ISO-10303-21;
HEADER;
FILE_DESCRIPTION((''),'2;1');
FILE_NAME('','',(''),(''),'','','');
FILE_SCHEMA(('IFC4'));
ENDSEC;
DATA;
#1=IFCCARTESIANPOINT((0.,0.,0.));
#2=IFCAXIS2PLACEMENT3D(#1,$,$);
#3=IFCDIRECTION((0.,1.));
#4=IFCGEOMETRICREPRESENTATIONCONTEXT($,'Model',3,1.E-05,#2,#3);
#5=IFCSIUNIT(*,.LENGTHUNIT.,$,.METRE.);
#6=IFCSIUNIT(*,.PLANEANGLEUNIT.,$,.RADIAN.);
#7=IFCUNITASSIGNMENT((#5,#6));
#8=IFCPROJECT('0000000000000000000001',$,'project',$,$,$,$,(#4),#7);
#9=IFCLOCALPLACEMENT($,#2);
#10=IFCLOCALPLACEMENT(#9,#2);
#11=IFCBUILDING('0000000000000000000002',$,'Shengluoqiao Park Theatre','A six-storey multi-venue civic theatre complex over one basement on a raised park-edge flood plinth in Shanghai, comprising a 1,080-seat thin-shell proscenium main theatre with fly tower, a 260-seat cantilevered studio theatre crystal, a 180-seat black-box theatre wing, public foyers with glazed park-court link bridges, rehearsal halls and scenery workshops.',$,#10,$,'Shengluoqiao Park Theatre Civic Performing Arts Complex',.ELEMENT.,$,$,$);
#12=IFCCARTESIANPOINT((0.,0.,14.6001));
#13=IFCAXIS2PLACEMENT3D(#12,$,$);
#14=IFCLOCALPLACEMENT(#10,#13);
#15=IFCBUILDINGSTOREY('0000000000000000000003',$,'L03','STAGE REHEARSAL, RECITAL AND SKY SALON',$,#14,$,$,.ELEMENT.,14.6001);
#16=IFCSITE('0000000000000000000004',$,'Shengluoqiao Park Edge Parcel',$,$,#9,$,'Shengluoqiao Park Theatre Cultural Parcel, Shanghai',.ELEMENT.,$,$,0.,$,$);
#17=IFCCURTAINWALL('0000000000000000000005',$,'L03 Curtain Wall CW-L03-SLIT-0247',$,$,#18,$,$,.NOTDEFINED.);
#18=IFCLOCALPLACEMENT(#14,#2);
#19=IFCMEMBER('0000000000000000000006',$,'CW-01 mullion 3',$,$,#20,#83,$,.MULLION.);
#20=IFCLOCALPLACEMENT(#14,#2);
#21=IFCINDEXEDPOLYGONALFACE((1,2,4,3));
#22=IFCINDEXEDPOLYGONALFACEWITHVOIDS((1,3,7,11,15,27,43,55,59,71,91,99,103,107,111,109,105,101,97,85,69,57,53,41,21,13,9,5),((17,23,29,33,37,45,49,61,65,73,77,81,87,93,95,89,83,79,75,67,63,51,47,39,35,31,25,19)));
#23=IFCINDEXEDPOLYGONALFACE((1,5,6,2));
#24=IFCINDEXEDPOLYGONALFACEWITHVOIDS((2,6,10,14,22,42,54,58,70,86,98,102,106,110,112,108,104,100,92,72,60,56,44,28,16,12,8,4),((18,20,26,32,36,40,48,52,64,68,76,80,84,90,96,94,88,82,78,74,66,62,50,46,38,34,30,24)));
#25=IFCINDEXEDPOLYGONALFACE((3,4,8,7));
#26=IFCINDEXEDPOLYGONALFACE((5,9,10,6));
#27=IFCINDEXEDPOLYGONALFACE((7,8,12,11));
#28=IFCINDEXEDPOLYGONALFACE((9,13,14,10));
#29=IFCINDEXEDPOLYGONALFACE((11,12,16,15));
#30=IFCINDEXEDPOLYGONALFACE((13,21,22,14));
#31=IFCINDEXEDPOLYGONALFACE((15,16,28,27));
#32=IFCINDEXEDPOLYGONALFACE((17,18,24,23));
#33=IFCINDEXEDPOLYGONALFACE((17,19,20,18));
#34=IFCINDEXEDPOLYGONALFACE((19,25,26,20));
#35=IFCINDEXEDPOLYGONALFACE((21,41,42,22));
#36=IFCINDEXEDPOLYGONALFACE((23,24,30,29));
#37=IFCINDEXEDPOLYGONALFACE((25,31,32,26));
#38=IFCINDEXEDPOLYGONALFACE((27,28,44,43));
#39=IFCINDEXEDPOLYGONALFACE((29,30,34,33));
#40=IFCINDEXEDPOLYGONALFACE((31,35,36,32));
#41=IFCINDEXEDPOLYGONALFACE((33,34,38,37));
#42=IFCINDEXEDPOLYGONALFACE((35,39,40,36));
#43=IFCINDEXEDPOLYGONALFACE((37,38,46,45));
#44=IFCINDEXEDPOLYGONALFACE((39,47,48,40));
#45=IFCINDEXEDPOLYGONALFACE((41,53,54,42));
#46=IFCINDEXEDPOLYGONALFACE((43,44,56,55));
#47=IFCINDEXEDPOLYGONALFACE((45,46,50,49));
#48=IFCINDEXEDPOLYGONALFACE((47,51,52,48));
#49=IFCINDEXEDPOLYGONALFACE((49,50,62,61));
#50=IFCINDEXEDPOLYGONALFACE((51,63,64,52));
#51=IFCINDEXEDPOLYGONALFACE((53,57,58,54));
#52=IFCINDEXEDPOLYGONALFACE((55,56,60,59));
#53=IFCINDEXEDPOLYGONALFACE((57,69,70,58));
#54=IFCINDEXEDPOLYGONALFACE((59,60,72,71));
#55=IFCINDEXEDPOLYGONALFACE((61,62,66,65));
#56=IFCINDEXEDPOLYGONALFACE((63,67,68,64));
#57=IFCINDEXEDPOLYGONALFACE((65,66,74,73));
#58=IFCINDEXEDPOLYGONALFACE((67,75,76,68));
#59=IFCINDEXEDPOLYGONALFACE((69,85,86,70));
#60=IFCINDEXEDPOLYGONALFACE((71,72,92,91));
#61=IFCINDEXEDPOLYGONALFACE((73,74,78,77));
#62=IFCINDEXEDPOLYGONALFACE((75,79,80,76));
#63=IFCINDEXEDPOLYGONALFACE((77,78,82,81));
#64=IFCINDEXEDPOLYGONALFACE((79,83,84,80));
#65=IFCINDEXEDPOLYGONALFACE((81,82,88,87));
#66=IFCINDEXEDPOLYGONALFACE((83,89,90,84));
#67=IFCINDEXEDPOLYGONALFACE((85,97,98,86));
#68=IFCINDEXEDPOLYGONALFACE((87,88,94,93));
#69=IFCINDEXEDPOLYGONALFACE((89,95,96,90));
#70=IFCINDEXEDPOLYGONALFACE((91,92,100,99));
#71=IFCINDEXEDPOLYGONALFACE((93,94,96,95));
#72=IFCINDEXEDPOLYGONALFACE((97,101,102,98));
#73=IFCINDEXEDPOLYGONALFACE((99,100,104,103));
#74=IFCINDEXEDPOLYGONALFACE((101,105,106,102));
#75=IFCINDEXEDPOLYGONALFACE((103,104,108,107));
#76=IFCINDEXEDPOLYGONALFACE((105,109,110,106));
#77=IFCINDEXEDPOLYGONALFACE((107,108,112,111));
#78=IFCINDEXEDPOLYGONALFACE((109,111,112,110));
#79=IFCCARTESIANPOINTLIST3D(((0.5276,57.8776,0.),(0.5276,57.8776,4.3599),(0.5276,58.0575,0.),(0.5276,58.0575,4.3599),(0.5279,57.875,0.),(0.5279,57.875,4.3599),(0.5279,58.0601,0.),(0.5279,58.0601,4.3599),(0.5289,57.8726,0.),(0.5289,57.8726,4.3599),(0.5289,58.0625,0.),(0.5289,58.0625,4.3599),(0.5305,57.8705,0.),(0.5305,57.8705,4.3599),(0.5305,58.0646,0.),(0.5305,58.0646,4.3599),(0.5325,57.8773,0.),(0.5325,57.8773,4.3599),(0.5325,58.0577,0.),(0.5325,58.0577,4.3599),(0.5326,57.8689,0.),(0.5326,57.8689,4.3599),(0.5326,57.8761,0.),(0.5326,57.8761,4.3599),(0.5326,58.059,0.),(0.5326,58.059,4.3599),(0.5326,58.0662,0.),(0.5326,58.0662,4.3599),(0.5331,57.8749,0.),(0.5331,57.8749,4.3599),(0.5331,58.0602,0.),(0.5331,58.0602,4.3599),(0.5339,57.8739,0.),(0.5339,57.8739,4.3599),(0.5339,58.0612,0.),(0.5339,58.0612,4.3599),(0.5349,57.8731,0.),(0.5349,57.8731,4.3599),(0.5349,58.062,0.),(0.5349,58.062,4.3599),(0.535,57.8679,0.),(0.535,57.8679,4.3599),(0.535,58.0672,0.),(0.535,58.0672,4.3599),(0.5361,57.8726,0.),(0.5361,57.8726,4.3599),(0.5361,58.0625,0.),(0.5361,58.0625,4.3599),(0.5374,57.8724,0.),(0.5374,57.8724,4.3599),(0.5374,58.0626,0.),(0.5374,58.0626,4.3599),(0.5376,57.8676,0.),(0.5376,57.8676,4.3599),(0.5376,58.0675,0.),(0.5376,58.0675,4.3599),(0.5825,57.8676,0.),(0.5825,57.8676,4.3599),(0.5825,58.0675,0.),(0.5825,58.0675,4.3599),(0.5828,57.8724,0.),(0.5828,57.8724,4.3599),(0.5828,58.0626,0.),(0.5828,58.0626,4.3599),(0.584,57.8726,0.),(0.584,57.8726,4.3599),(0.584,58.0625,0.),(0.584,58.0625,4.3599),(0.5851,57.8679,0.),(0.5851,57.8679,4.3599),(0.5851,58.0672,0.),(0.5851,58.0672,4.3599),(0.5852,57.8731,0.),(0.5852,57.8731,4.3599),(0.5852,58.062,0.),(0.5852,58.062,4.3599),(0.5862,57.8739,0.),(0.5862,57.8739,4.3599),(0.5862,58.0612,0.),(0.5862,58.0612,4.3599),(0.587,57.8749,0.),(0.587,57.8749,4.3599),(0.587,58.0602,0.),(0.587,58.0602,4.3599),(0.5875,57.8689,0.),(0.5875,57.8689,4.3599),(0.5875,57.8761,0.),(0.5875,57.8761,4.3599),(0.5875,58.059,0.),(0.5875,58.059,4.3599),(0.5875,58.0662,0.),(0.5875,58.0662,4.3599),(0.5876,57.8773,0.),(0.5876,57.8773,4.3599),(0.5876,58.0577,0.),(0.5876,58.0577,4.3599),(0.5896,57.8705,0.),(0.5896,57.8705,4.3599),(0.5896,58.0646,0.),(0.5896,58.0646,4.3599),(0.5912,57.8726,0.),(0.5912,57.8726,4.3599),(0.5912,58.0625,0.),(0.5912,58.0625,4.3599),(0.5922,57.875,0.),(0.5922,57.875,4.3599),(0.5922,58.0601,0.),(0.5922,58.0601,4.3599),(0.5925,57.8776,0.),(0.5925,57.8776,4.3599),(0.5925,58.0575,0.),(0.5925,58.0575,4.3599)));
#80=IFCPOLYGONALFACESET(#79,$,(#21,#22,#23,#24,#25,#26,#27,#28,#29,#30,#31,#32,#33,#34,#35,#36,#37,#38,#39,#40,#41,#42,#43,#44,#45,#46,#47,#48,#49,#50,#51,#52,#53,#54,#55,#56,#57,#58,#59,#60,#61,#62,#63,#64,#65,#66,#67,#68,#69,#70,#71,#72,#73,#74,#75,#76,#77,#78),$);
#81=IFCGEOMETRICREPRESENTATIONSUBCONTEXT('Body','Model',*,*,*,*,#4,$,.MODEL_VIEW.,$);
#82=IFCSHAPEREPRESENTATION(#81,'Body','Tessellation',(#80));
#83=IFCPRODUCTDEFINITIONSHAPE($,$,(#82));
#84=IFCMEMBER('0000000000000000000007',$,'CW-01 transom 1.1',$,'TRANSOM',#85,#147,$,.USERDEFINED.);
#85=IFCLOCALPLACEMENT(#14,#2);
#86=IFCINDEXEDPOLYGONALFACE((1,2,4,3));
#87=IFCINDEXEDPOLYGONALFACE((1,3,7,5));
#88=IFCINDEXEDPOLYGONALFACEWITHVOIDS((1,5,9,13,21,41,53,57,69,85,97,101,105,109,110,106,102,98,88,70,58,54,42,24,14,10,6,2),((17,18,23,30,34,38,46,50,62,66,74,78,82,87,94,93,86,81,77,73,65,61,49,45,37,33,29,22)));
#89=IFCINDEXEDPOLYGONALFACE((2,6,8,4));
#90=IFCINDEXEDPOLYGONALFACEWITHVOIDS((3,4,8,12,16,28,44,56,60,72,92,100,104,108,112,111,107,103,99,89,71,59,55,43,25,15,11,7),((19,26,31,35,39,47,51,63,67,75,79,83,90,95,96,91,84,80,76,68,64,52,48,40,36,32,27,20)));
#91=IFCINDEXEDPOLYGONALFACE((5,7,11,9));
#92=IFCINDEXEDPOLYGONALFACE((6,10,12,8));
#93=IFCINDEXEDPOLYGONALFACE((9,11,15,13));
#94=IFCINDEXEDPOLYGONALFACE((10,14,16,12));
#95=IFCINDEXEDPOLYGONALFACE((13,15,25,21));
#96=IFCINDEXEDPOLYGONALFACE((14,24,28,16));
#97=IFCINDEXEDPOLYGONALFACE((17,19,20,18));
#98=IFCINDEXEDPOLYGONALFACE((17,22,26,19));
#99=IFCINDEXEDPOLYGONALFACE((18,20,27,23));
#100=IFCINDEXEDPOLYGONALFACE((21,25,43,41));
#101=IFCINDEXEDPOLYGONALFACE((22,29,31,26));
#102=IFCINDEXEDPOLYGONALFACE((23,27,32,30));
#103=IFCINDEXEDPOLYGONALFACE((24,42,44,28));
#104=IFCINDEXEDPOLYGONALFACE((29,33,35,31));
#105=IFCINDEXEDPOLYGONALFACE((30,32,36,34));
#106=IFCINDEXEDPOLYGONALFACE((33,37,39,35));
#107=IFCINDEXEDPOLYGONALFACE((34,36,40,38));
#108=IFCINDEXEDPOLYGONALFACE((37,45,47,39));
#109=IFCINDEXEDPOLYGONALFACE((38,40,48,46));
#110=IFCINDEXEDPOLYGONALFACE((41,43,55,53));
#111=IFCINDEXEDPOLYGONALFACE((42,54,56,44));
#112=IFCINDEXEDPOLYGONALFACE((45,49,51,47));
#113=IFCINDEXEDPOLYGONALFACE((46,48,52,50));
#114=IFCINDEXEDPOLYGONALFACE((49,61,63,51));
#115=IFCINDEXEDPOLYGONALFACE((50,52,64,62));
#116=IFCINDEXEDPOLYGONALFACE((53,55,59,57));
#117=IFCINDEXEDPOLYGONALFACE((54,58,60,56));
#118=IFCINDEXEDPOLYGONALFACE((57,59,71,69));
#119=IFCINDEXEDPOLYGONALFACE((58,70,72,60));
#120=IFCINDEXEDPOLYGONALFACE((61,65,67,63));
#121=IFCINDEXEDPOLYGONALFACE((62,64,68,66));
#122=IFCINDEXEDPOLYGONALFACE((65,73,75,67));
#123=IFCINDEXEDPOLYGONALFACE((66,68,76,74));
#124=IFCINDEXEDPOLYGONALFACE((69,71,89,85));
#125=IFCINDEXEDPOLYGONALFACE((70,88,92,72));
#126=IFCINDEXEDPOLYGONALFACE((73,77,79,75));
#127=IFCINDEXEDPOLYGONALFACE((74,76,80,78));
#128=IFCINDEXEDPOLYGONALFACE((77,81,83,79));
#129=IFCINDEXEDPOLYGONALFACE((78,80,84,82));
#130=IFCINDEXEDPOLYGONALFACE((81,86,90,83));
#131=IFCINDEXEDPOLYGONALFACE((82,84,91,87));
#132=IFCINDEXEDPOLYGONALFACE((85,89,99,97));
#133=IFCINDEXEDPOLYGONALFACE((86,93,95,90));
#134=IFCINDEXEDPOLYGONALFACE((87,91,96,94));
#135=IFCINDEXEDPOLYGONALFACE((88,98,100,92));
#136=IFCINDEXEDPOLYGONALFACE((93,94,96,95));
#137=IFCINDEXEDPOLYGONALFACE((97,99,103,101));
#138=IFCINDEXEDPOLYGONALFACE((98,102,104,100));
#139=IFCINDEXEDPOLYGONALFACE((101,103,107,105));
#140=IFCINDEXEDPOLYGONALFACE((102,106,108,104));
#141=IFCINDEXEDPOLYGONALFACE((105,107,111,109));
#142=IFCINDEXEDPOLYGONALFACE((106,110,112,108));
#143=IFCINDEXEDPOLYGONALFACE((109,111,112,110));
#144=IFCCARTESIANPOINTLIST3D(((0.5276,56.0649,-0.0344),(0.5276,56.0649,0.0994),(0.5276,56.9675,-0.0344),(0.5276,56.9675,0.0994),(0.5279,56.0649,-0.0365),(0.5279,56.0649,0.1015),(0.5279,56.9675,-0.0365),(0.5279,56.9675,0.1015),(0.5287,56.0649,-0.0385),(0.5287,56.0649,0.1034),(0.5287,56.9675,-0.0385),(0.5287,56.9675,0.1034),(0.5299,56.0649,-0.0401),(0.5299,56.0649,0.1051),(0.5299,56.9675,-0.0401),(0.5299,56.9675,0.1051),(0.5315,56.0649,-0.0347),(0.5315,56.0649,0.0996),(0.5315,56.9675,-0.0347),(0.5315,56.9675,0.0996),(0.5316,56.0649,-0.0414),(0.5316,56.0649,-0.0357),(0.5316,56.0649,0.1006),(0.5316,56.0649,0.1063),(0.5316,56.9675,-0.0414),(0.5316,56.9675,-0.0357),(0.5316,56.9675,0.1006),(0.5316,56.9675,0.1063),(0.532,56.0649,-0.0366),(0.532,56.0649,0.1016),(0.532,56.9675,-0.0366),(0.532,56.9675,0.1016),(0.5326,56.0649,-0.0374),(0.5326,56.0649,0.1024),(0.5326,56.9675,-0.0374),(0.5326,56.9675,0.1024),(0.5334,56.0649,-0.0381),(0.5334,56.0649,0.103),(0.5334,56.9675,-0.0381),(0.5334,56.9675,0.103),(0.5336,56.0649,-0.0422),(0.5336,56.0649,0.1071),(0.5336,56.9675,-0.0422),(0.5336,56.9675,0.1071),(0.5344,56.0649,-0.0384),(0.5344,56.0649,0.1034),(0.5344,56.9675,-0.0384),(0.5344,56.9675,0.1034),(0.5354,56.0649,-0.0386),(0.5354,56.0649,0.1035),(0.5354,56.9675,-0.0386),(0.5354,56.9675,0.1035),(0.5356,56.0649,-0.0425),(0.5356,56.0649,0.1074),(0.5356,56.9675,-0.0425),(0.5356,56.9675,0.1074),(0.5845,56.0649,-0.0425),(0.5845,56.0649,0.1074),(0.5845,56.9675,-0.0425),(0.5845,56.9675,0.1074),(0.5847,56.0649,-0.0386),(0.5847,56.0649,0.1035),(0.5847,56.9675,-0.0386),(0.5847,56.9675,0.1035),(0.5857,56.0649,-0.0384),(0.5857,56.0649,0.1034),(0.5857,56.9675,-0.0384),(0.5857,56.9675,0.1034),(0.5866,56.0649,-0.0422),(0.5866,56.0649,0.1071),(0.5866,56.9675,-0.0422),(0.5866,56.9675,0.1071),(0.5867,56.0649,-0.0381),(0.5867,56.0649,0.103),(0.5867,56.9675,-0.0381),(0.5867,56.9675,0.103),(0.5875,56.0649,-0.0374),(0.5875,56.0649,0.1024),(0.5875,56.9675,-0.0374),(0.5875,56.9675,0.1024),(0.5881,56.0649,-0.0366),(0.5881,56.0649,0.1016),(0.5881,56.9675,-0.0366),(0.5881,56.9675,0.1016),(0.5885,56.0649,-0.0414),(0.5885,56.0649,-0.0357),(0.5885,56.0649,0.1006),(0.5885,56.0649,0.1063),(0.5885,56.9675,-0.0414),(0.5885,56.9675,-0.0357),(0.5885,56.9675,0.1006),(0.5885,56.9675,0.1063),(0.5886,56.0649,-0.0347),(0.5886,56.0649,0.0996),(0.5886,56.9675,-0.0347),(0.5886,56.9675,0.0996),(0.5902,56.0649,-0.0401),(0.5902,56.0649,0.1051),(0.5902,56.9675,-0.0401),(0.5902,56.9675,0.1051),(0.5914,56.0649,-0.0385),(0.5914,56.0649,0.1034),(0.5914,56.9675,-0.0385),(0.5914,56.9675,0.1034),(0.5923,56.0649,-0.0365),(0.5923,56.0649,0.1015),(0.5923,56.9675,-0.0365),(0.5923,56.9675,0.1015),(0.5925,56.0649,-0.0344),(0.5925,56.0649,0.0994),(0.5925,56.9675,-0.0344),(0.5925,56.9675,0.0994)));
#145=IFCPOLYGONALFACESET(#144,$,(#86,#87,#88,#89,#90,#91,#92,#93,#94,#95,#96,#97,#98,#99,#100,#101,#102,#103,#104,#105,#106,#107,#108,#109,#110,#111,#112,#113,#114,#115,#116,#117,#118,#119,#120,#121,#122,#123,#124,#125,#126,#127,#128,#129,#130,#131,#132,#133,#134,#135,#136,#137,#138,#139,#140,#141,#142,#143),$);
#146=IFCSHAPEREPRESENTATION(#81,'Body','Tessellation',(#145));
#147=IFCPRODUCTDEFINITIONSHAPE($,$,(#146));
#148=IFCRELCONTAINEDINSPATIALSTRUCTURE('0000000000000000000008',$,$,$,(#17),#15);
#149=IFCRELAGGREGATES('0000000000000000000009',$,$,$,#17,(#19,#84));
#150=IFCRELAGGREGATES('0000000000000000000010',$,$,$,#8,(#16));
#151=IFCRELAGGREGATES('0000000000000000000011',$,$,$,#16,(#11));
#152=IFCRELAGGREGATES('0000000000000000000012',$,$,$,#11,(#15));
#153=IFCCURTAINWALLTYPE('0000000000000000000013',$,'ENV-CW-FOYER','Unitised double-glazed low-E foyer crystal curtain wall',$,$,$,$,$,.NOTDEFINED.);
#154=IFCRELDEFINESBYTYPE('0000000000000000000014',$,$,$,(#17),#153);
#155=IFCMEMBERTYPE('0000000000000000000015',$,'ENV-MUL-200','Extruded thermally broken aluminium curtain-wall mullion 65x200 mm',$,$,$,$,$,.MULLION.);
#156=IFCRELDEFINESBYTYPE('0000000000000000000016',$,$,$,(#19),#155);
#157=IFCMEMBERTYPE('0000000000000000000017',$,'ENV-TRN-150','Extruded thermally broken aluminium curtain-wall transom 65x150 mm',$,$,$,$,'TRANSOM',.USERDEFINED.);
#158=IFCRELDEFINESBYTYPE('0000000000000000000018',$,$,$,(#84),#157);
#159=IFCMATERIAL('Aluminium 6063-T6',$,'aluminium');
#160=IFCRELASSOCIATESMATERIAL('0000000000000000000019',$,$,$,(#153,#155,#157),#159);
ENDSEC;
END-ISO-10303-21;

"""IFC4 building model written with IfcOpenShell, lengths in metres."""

from ifc_helpers import new_model, si_unit, direction, frame, origin, origin_2d, place, context, subcontext, project, spatial, hollow_rectangle, extrude, material, material_profile, profile_set, type_object, element, aggregate, save


model = new_model("IFC4")

# Units and contexts
model_context = context("Model", 3, precision=1e-05, world=origin(), true_north=direction((0.0, 1.0)))
body_context = subcontext(model_context, "Body", "Model", "MODEL_VIEW")
ifc_project = project(units=[si_unit("LENGTHUNIT", "METRE"), si_unit("PLANEANGLEUNIT", "RADIAN")], contexts=[model_context])

# Site, building, storey
site_placement = place(None, origin())
site = spatial("IfcSite", under=ifc_project, at=site_placement, Name="Shengluoqiao Park Edge Parcel", LongName="Shengluoqiao Park Theatre Cultural Parcel, Shanghai", CompositionType="ELEMENT", RefElevation=0.0)
building_placement = place(site_placement, origin())
building = spatial("IfcBuilding", under=site, at=building_placement, Name="Shengluoqiao Park Theatre", Description="A six-storey multi-venue civic theatre complex over one basement on a raised park-edge flood plinth in Shanghai, comprising a 1,080-seat thin-shell proscenium main theatre with fly tower, a 260-seat cantilevered studio theatre crystal, a 180-seat black-box theatre wing, public foyers with glazed park-court link bridges, rehearsal halls and scenery workshops.", LongName="Shengluoqiao Park Theatre Civic Performing Arts Complex", CompositionType="ELEMENT")
storey_placement = place(building_placement, frame((0.0, 0.0, 14.6001)))
storey = spatial("IfcBuildingStorey", under=building, at=storey_placement, Name="L03", Description="STAGE REHEARSAL, RECITAL AND SKY SALON", CompositionType="ELEMENT", Elevation=14.6001)

# Curtain wall, members
ifc_material_1 = material(Name="Aluminium 6063-T6", Category="aluminium")
curtain_wall_type = type_object("IfcCurtainWallType", Name="ENV-CW-FOYER", Description="Unitised double-glazed low-E foyer crystal curtain wall", PredefinedType="NOTDEFINED", material=ifc_material_1)
curtain_wall_placement = place(storey_placement, origin())
curtain_wall = element("IfcCurtainWall", 1, at=curtain_wall_placement, inside=storey, type_object=curtain_wall_type, Name="L03 Curtain Wall CW-L03-SLIT-0247", PredefinedType="NOTDEFINED")
ifc_material_profile_1 = material_profile(ifc_material_1, hollow_rectangle(XDim=0.0649, YDim=0.2, WallThickness=0.0049, InnerFilletRadius=0.0049, OuterFilletRadius=0.01, at=origin_2d()), Name="ALU MULLION 200x65x5")
ifc_profile_set_1 = profile_set([ifc_material_profile_1], Name="Aluminium 6063-T6")
member_type_1 = type_object("IfcMemberType", Name="ENV-MUL-200", Description="Extruded thermally broken aluminium curtain-wall mullion 65x200 mm", PredefinedType="MULLION", material=ifc_profile_set_1)
member_1_placement = place(storey_placement, frame((0.5601, 57.9675, 0.0), z_axis=(0.0, 0.0, 1.0), x_axis=(-1.0, 0.0, 0.0)))
member_1 = element("IfcMember", 2, at=member_1_placement, type_object=member_type_1, Name="CW-01 mullion 3", PredefinedType="MULLION", context=body_context, shape_type="SweptSolid", body=[
    extrude(hollow_rectangle(XDim=0.0649, YDim=0.2, WallThickness=0.0049, InnerFilletRadius=0.0049, OuterFilletRadius=0.01, at=origin_2d()), origin(), (0.0, 0.0, 1.0), 4.3599),
])
ifc_material_profile_2 = material_profile(ifc_material_1, hollow_rectangle(XDim=0.0649, YDim=0.1499, WallThickness=0.0039, InnerFilletRadius=0.0039, OuterFilletRadius=0.0081, at=origin_2d()), Name="ALU TRANSOM 150x65x4")
ifc_profile_set_2 = profile_set([ifc_material_profile_2], Name="Aluminium 6063-T6")
member_type_2 = type_object("IfcMemberType", Name="ENV-TRN-150", Description="Extruded thermally broken aluminium curtain-wall transom 65x150 mm", ElementType="TRANSOM", PredefinedType="USERDEFINED", material=ifc_profile_set_2)
member_2_placement = place(storey_placement, frame((0.5601, 56.0649, 0.0325), z_axis=(0.0, 1.0, 0.0), x_axis=(-1.0, 0.0, 0.0)))
member_2 = element("IfcMember", 3, at=member_2_placement, type_object=member_type_2, Name="CW-01 transom 1.1", ObjectType="TRANSOM", PredefinedType="USERDEFINED", context=body_context, shape_type="SweptSolid", body=[
    extrude(hollow_rectangle(XDim=0.0649, YDim=0.1499, WallThickness=0.0039, InnerFilletRadius=0.0039, OuterFilletRadius=0.0081, at=origin_2d()), origin(), (0.0, 0.0, 1.0), 0.9026),
])

aggregate(curtain_wall, [member_1, member_2])

save(model, "model.ifc")
